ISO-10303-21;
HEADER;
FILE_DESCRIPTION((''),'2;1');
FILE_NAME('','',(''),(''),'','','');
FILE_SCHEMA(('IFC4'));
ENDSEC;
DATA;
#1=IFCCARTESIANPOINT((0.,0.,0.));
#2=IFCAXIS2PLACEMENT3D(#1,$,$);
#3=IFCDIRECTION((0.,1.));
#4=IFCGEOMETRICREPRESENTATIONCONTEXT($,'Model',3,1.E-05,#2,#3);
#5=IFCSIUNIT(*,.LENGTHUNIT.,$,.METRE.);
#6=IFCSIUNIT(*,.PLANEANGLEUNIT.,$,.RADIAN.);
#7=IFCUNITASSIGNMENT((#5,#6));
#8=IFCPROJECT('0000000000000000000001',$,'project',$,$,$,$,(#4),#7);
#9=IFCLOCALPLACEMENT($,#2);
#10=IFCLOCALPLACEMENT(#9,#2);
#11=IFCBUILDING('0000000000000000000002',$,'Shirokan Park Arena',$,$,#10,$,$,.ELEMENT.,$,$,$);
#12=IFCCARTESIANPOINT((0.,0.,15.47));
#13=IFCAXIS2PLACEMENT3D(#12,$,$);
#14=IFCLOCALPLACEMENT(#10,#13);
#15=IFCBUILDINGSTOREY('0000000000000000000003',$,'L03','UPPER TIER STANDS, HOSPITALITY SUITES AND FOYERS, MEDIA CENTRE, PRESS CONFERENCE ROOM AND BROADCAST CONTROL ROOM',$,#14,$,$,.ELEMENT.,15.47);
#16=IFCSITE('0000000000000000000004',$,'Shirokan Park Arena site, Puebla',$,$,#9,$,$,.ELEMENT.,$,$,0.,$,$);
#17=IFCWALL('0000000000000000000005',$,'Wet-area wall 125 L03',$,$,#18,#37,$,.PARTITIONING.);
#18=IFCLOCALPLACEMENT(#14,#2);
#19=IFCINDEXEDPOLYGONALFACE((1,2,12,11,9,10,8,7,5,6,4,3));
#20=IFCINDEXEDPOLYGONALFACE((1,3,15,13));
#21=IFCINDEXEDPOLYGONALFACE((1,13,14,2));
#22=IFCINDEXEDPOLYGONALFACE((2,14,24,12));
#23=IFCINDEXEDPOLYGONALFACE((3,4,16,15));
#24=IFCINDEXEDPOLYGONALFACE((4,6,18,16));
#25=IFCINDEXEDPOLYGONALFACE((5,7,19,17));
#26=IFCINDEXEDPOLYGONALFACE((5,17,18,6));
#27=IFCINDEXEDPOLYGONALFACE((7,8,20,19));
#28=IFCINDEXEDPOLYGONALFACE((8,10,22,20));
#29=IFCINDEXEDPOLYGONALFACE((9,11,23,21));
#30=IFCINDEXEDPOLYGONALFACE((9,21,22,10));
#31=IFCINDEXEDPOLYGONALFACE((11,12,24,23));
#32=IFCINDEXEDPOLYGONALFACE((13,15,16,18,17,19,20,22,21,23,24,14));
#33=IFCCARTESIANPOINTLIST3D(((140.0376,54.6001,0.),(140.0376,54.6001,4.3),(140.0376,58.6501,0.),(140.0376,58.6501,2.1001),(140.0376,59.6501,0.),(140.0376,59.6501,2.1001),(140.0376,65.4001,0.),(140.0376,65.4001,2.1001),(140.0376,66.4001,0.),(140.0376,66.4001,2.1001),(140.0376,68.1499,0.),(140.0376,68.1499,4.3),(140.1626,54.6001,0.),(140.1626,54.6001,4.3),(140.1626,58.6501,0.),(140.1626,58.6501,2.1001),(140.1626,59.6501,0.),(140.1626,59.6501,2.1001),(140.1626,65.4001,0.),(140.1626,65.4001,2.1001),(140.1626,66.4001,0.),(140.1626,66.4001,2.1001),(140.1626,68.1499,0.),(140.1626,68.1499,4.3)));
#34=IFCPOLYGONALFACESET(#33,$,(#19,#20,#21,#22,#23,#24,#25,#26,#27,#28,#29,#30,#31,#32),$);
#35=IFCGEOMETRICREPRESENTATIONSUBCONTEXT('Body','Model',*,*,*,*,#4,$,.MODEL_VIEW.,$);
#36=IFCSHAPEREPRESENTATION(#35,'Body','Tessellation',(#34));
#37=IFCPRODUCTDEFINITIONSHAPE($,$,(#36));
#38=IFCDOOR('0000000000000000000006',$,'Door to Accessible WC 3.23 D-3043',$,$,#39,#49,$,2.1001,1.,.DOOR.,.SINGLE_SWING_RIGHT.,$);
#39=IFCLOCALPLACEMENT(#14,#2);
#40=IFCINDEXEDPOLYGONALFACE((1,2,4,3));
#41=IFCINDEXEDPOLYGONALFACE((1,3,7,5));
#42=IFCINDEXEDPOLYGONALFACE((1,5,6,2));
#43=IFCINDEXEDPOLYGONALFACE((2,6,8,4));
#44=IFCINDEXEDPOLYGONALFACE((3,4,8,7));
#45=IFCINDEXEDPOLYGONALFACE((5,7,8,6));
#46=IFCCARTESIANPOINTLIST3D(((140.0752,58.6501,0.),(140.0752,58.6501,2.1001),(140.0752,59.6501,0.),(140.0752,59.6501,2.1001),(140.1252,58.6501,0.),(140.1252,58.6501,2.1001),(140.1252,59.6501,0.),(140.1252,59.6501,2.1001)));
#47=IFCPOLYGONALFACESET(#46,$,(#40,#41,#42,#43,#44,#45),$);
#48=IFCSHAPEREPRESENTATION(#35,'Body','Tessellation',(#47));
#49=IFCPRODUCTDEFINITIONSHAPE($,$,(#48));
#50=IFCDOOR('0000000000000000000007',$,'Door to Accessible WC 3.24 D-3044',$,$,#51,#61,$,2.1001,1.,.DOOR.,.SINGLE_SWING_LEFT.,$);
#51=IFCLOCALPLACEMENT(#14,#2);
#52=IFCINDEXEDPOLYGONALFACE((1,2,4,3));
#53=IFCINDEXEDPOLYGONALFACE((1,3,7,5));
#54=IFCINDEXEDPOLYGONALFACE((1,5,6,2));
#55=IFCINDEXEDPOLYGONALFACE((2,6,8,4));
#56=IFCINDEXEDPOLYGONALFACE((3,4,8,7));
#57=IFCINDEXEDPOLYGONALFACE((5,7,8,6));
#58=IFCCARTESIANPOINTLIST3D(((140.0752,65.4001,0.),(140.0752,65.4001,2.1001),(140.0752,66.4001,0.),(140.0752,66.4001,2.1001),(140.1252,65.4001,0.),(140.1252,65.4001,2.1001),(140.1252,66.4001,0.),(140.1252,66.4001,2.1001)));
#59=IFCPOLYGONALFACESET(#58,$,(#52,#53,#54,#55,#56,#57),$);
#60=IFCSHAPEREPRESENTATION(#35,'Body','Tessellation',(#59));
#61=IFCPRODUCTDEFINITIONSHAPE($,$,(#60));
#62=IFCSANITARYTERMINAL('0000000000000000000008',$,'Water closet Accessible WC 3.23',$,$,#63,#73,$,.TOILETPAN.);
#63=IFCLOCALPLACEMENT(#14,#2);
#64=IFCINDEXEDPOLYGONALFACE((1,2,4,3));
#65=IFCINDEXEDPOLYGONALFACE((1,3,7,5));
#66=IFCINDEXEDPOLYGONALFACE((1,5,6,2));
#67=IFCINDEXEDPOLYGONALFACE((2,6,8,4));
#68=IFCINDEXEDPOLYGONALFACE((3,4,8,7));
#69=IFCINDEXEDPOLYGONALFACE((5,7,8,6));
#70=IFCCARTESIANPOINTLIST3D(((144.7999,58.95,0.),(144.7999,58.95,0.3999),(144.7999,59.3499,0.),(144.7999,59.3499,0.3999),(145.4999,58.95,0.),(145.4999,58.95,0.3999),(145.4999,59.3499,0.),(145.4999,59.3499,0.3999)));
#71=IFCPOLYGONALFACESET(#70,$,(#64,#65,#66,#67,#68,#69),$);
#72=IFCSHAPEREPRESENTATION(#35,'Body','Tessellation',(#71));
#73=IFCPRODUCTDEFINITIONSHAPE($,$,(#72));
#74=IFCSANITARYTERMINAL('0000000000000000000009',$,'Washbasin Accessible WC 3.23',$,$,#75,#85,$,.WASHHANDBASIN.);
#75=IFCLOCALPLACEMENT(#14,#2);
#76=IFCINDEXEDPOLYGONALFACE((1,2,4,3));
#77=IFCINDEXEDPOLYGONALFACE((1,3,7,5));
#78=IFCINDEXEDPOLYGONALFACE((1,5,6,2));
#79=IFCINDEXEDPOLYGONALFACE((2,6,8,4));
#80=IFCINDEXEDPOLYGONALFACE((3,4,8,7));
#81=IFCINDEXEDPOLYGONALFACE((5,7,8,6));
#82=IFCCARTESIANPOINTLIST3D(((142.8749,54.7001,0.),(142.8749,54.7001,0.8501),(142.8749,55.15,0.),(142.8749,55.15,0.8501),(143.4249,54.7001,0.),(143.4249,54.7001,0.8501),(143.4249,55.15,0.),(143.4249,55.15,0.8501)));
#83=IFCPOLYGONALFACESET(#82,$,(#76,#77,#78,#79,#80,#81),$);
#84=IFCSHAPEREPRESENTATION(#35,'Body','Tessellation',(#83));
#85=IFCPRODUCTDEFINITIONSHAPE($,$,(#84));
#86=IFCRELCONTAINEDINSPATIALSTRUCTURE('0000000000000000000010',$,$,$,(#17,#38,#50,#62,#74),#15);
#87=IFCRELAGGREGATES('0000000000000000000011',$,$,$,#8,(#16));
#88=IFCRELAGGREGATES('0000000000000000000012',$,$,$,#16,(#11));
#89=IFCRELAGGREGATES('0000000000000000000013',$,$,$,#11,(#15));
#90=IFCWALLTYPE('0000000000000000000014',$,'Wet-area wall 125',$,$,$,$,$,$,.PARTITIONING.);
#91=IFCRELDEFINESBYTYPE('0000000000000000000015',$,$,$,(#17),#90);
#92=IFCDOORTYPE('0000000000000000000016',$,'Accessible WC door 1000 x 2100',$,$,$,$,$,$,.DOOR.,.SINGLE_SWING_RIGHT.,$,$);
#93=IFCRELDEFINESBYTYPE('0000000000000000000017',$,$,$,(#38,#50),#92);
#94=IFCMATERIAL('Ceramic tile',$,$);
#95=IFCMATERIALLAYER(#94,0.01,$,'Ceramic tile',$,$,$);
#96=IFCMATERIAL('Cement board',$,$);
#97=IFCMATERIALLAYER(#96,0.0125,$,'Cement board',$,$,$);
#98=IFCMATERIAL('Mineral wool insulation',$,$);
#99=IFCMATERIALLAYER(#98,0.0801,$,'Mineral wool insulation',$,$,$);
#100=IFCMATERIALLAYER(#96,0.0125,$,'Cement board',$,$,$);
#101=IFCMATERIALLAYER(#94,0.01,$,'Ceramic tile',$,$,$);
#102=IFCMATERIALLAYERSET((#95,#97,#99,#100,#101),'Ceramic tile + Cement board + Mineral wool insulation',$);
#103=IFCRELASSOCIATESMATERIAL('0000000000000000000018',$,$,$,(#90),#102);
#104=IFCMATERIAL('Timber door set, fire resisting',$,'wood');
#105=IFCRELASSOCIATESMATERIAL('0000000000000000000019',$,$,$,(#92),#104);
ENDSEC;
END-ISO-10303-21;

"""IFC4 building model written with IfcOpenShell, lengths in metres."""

from ifc_helpers import new_model, si_unit, direction, frame, frame_2d, origin, origin_2d, place, context, subcontext, project, spatial, rectangle, extrude, material, layer, layer_set, type_object, element, fill, save


model = new_model("IFC4")

# Units and contexts
model_context = context("Model", 3, precision=1e-05, world=origin(), true_north=direction((0.0, 1.0)))
body_context = subcontext(model_context, "Body", "Model", "MODEL_VIEW")
ifc_project = project(units=[si_unit("LENGTHUNIT", "METRE"), si_unit("PLANEANGLEUNIT", "RADIAN")], contexts=[model_context])

# Site, building, storey
site_placement = place(None, origin())
site = spatial("IfcSite", under=ifc_project, at=site_placement, Name="Shirokan Park Arena site, Puebla", CompositionType="ELEMENT", RefElevation=0.0)
building_placement = place(site_placement, origin())
building = spatial("IfcBuilding", under=site, at=building_placement, Name="Shirokan Park Arena", CompositionType="ELEMENT")
storey_placement = place(building_placement, frame((0.0, 0.0, 15.47)))
storey = spatial("IfcBuildingStorey", under=building, at=storey_placement, Name="L03", Description="UPPER TIER STANDS, HOSPITALITY SUITES AND FOYERS, MEDIA CENTRE, PRESS CONFERENCE ROOM AND BROADCAST CONTROL ROOM", CompositionType="ELEMENT", Elevation=15.47)

# Shared definitions
ifc_material_1 = material(Name="Mineral wool insulation")

# Shared definitions
ifc_material_2 = material(Name="Ceramic tile")

# Wall, openings, doors
ifc_layer_1 = layer(ifc_material_2, 0.01, Name="Ceramic tile")
ifc_material_3 = material(Name="Cement board")
ifc_layer_2 = layer(ifc_material_3, 0.0125, Name="Cement board")
ifc_layer_3 = layer(ifc_material_1, 0.0801, Name="Mineral wool insulation")
ifc_layer_4 = layer(ifc_material_3, 0.0125, Name="Cement board")
ifc_layer_5 = layer(ifc_material_2, 0.01, Name="Ceramic tile")
ifc_layer_set_1 = layer_set([ifc_layer_1, ifc_layer_2, ifc_layer_3, ifc_layer_4, ifc_layer_5], Name="Ceramic tile + Cement board + Mineral wool insulation")
wall_type_1 = type_object("IfcWallType", Name="Wet-area wall 125", PredefinedType="PARTITIONING", material=ifc_layer_set_1)
wall_1_placement = place(storey_placement, frame((140.1001, 54.6001, 0.0), z_axis=(0.0, 0.0, 1.0), x_axis=(0.0, 1.0, 0.0)))
wall_1 = element("IfcWall", 1, at=wall_1_placement, inside=storey, type_object=wall_type_1, Name="Wet-area wall 125 L03", PredefinedType="PARTITIONING", context=body_context, shape_type="SweptSolid", body=[
    extrude(rectangle(XDim=13.5498, YDim=0.125, at=frame_2d((6.7749, 0.0))), origin(), (0.0, 0.0, 1.0), 4.3),
])
opening_1_placement = place(wall_1_placement, frame((4.05, 0.0, 0.0)))
opening_1 = element("IfcOpeningElement", 2, at=opening_1_placement, cuts=wall_1, PredefinedType="OPENING", context=body_context, shape_type="SweptSolid", body=[
    extrude(rectangle(XDim=1.0, YDim=2.1001, at=frame_2d((0.5, 1.05))), frame((0.0, 0.0725, 0.0), z_axis=(0.0, -1.0, 0.0), x_axis=(1.0, 0.0, 0.0)), (0.0, 0.0, 1.0), 0.145),
])
opening_2_placement = place(wall_1_placement, frame((10.8, 0.0, 0.0)))
opening_2 = element("IfcOpeningElement", 3, at=opening_2_placement, cuts=wall_1, PredefinedType="OPENING", context=body_context, shape_type="SweptSolid", body=[
    extrude(rectangle(XDim=1.0, YDim=2.1001, at=frame_2d((0.5, 1.05))), frame((0.0, 0.0725, 0.0), z_axis=(0.0, -1.0, 0.0), x_axis=(1.0, 0.0, 0.0)), (0.0, 0.0, 1.0), 0.145),
])
ifc_material_4 = material(Name="Timber door set, fire resisting", Category="wood")
door_type_1 = type_object("IfcDoorType", Name="Accessible WC door 1000 x 2100", OperationType="SINGLE_SWING_RIGHT", PredefinedType="DOOR", material=ifc_material_4)
door_1_placement = place(opening_1_placement, origin())
door_1 = element("IfcDoor", 4, at=door_1_placement, inside=storey, type_object=door_type_1, Name="Door to Accessible WC 3.23 D-3043", OperationType="SINGLE_SWING_RIGHT", OverallHeight=2.1001, OverallWidth=1.0, PredefinedType="DOOR", context=body_context, shape_type="SweptSolid", body=[
    extrude(rectangle(XDim=1.0, YDim=2.1001, at=frame_2d((0.5, 1.05))), frame((0.0, 0.0249, 0.0), z_axis=(0.0, -1.0, 0.0), x_axis=(1.0, 0.0, 0.0)), (0.0, 0.0, 1.0), 0.05),
])
fill(opening_1, door_1)
door_2_placement = place(opening_2_placement, origin())
door_2 = element("IfcDoor", 5, at=door_2_placement, inside=storey, type_object=door_type_1, Name="Door to Accessible WC 3.24 D-3044", OperationType="SINGLE_SWING_LEFT", OverallHeight=2.1001, OverallWidth=1.0, PredefinedType="DOOR", context=body_context, shape_type="SweptSolid", body=[
    extrude(rectangle(XDim=1.0, YDim=2.1001, at=frame_2d((0.5, 1.05))), frame((0.0, 0.0249, 0.0), z_axis=(0.0, -1.0, 0.0), x_axis=(1.0, 0.0, 0.0)), (0.0, 0.0, 1.0), 0.05),
])
fill(opening_2, door_2)

# Sanitary terminals
sanitary_terminal_1_placement = place(storey_placement, frame((145.1499, 59.1499, 0.0), z_axis=(0.0, 0.0, 1.0), x_axis=(1.0, 0.0, 0.0)))
element("IfcSanitaryTerminal", 6, at=sanitary_terminal_1_placement, inside=storey, Name="Water closet Accessible WC 3.23", PredefinedType="TOILETPAN", context=body_context, shape_type="SweptSolid", body=[
    extrude(rectangle(XDim=0.7, YDim=0.3999, at=origin_2d()), origin(), (0.0, 0.0, 1.0), 0.3999),
])
sanitary_terminal_2_placement = place(storey_placement, frame((143.1499, 54.925, 0.0), z_axis=(0.0, 0.0, 1.0), x_axis=(1.0, 0.0, 0.0)))
element("IfcSanitaryTerminal", 7, at=sanitary_terminal_2_placement, inside=storey, Name="Washbasin Accessible WC 3.23", PredefinedType="WASHHANDBASIN", context=body_context, shape_type="SweptSolid", body=[
    extrude(rectangle(XDim=0.55, YDim=0.45, at=origin_2d()), origin(), (0.0, 0.0, 1.0), 0.8501),
])

save(model, "model.ifc")
